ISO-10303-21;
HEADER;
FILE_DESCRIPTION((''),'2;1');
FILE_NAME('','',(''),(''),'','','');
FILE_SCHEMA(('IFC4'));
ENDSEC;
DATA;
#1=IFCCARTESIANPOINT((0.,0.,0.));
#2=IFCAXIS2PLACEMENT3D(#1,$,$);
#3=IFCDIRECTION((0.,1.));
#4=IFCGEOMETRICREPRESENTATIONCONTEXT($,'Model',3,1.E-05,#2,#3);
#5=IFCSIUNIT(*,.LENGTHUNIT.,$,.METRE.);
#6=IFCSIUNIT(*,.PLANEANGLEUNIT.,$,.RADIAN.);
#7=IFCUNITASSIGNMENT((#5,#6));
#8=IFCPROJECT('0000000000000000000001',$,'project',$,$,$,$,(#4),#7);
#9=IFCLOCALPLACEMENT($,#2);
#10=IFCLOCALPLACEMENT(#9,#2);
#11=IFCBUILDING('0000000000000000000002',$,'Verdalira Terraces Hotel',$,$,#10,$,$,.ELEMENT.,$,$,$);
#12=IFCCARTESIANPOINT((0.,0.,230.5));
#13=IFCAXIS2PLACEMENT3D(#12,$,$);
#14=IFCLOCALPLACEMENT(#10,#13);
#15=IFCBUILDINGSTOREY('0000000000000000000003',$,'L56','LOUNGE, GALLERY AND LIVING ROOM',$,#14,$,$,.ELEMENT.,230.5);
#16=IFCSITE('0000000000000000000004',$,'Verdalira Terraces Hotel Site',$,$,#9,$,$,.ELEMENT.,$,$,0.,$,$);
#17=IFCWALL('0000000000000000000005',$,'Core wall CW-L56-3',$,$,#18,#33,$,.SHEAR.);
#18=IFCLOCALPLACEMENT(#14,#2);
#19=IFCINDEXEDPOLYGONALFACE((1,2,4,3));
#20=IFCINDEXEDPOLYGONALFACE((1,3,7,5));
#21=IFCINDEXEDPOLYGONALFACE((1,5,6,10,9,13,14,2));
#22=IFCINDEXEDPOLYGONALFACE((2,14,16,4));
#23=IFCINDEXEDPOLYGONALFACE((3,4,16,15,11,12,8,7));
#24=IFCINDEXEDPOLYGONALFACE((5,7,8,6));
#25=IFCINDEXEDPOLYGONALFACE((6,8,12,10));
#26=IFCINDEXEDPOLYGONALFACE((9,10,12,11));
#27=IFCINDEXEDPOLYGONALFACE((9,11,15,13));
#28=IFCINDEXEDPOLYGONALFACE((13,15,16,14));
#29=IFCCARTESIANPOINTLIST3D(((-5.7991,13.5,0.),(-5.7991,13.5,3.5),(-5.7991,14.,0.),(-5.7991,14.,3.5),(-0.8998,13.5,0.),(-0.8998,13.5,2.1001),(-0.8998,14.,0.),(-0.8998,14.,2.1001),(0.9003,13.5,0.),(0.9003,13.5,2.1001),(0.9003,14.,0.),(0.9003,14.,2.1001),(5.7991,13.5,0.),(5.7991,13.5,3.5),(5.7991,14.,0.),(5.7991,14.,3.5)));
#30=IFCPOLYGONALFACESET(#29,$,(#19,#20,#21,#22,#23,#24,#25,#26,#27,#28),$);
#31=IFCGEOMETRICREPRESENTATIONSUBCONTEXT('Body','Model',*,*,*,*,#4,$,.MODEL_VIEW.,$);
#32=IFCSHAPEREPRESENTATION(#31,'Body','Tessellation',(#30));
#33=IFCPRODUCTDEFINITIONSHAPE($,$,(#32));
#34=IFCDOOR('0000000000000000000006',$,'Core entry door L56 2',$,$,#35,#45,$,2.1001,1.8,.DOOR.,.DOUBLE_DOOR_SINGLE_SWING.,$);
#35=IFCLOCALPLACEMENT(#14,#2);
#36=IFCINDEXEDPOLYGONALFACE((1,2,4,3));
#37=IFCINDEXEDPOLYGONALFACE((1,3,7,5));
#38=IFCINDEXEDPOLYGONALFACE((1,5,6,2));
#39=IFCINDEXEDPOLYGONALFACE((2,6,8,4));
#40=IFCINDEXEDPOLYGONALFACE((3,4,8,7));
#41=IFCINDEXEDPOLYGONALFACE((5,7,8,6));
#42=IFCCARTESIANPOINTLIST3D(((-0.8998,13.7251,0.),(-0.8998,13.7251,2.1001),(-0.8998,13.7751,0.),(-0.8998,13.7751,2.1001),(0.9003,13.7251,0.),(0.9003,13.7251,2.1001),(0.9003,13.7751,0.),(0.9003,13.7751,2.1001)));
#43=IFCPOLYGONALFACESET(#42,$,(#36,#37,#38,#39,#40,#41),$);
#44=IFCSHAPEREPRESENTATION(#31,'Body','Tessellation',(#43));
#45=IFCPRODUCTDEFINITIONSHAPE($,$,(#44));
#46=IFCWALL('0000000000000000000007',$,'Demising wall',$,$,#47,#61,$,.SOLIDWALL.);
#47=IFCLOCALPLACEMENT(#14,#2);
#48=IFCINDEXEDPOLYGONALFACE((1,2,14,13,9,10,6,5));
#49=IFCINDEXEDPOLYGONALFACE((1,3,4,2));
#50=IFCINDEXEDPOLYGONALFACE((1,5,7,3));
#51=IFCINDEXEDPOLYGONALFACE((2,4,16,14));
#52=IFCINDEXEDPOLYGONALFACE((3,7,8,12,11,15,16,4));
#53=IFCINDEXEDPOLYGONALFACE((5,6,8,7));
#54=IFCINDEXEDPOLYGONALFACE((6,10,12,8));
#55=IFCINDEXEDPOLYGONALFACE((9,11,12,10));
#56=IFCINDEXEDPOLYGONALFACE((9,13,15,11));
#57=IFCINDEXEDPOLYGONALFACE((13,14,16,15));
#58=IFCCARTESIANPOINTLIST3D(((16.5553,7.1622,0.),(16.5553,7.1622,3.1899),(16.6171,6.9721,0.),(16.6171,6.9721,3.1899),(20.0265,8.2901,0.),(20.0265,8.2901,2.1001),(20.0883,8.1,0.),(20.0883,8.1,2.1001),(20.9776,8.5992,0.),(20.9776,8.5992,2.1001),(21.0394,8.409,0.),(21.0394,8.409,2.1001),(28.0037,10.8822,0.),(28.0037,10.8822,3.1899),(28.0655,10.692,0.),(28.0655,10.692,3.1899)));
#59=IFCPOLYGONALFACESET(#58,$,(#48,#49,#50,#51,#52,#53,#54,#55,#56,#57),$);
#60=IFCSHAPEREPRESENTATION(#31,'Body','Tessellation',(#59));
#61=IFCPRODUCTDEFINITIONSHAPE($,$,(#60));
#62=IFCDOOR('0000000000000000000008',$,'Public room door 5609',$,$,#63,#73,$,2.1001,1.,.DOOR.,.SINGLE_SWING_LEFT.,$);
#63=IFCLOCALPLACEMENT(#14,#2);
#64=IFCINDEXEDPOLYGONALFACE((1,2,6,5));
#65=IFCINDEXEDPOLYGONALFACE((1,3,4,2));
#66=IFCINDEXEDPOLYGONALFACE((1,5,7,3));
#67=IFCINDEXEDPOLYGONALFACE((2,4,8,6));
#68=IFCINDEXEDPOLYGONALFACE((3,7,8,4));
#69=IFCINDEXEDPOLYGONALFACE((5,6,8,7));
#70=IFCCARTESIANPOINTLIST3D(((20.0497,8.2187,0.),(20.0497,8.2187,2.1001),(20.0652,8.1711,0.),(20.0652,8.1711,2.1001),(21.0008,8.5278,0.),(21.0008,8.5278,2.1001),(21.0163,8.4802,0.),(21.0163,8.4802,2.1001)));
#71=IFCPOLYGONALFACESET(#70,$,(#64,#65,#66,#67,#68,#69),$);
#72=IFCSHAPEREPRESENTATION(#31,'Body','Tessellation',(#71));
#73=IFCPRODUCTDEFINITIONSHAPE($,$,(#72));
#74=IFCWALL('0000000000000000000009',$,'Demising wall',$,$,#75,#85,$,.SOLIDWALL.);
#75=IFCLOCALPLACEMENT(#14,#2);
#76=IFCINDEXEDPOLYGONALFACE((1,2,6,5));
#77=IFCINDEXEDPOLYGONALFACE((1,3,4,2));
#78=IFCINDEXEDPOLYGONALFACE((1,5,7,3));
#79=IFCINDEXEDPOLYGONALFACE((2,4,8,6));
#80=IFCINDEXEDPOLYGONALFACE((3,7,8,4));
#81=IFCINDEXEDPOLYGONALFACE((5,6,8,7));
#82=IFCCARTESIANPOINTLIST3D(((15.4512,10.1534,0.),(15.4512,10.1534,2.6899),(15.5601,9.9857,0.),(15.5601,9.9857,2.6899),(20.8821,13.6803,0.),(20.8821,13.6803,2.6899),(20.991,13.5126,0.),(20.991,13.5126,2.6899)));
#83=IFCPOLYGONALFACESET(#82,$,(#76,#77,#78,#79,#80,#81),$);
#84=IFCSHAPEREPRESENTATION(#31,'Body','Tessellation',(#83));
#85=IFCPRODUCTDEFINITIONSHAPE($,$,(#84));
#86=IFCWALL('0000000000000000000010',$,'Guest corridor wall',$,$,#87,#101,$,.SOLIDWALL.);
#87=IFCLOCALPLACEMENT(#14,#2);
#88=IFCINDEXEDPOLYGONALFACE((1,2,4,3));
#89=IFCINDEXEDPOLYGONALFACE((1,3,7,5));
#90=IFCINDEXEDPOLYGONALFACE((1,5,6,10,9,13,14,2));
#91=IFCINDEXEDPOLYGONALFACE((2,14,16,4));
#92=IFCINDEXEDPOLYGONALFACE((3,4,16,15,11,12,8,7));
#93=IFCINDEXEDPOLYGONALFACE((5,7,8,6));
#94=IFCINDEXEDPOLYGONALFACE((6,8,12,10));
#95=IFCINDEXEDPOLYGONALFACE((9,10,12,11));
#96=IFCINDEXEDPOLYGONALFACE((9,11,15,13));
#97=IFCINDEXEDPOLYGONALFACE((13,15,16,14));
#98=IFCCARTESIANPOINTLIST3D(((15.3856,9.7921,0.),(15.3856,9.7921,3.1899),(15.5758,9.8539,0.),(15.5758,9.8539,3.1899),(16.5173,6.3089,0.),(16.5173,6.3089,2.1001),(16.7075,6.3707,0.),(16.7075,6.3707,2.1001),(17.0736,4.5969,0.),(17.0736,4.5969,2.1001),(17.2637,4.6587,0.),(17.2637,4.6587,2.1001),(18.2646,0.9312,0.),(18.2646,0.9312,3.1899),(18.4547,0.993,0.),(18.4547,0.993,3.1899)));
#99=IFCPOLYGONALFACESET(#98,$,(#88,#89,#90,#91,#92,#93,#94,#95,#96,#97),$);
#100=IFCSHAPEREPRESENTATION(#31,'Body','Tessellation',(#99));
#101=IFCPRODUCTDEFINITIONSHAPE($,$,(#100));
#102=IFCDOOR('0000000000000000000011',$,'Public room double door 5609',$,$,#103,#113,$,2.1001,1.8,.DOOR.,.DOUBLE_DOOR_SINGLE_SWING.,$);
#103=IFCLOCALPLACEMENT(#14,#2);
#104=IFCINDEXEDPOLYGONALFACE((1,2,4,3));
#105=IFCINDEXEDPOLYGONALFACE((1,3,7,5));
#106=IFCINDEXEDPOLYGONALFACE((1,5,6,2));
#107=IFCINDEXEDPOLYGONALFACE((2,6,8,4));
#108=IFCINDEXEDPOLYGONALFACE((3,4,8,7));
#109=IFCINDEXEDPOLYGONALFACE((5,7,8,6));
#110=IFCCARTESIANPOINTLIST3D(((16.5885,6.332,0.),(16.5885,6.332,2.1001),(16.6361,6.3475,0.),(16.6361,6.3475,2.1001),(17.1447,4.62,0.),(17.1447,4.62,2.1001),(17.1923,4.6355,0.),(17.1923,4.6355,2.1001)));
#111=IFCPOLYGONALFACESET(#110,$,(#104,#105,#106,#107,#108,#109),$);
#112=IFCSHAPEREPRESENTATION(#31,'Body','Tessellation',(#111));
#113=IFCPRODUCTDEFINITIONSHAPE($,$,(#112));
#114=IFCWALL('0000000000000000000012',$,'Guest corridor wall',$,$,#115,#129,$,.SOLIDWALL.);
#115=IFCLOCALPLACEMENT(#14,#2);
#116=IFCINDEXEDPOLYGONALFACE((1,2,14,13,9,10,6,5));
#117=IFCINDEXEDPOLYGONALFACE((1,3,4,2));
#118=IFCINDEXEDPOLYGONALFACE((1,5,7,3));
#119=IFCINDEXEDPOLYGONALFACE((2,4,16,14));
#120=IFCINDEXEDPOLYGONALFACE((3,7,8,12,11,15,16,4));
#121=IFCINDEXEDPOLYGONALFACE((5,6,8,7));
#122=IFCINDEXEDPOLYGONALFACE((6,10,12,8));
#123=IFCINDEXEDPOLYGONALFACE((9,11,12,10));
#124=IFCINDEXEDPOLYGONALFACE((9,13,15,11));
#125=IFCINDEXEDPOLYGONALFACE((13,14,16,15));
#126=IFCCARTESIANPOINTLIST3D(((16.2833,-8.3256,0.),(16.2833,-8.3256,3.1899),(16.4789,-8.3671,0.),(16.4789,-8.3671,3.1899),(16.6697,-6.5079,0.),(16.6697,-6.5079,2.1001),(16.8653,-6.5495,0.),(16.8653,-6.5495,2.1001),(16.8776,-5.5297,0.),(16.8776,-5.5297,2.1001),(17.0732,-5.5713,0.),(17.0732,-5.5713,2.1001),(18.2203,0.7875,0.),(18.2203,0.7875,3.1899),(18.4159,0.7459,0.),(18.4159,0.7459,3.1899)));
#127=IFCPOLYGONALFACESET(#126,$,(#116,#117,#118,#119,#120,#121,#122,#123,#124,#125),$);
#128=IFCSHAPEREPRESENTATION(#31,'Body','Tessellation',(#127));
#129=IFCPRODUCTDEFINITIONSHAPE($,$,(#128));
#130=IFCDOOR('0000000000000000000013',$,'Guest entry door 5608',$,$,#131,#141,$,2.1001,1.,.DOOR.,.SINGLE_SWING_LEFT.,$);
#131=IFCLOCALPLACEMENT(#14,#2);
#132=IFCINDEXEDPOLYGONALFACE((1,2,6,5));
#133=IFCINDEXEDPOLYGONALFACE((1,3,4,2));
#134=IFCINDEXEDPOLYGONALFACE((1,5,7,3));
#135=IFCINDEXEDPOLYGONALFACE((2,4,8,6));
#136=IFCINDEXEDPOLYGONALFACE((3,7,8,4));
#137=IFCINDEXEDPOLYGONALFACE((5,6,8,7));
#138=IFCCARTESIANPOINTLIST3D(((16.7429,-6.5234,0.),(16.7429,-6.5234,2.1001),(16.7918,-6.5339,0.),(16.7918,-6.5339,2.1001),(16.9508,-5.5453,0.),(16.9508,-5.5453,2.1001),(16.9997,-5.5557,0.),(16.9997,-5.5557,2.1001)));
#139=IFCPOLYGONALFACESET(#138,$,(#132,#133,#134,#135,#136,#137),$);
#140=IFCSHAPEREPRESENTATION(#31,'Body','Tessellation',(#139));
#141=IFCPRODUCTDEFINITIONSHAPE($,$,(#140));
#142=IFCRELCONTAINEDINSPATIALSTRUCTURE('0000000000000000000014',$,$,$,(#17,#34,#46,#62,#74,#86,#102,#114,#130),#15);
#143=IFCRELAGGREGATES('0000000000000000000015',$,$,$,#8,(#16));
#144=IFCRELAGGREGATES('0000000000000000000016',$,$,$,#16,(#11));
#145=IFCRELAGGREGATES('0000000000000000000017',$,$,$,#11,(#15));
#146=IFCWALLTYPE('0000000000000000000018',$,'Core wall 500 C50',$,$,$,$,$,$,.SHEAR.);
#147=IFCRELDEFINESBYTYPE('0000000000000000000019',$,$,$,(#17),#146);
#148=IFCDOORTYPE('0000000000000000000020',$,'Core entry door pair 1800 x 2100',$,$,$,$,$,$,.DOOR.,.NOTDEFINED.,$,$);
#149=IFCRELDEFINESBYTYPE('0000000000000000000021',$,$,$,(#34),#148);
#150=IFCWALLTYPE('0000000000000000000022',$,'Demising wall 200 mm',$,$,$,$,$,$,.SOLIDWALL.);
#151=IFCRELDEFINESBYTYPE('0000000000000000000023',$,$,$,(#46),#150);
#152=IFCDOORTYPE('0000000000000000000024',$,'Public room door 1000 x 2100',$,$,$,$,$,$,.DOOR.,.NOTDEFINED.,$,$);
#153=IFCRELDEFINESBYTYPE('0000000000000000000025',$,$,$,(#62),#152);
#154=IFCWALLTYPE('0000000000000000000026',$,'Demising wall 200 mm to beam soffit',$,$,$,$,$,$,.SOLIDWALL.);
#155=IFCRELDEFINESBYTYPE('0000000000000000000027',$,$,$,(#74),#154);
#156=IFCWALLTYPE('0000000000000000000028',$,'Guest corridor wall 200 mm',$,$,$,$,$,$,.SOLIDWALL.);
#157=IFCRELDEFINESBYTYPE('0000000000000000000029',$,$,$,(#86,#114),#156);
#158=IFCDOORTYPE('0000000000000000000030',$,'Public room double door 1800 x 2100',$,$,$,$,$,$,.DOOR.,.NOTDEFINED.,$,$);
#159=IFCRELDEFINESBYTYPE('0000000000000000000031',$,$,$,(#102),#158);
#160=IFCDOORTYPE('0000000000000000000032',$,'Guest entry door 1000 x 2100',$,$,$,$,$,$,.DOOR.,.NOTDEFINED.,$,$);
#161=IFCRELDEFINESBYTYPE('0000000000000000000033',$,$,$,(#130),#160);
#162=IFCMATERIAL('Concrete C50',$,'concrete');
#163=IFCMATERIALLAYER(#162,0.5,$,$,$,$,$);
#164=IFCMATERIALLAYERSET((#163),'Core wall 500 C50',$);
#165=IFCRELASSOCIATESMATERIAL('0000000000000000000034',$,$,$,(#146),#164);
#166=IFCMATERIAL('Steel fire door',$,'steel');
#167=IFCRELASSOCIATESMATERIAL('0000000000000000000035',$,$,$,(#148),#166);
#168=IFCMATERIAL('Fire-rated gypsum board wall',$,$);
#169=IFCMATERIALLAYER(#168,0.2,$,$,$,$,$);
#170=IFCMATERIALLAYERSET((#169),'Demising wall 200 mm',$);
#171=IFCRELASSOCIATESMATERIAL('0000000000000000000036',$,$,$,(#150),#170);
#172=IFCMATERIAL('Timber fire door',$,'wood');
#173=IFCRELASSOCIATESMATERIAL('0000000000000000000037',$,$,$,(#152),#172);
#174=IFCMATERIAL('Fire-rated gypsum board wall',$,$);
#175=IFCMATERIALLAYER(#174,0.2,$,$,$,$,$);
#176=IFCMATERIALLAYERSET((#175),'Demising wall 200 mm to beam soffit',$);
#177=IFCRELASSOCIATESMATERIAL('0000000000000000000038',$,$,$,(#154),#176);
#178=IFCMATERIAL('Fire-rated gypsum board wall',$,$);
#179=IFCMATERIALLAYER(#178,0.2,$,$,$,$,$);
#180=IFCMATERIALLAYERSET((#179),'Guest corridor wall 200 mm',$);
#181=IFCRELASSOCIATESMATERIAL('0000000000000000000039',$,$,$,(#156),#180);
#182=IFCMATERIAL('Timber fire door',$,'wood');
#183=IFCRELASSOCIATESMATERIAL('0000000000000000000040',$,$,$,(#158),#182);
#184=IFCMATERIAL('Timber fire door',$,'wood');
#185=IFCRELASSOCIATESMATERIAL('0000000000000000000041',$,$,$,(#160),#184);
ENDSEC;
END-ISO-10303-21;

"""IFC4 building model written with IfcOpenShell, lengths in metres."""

from ifc_helpers import new_model, si_unit, direction, frame, frame_2d, origin, place, context, subcontext, project, spatial, rectangle, extrude, material, layer, layer_set, type_object, element, fill, save


model = new_model("IFC4")

# Units and contexts
model_context = context("Model", 3, precision=1e-05, world=origin(), true_north=direction((0.0, 1.0)))
body_context = subcontext(model_context, "Body", "Model", "MODEL_VIEW")
ifc_project = project(units=[si_unit("LENGTHUNIT", "METRE"), si_unit("PLANEANGLEUNIT", "RADIAN")], contexts=[model_context])

# Site, building, storey
site_placement = place(None, origin())
site = spatial("IfcSite", under=ifc_project, at=site_placement, Name="Verdalira Terraces Hotel Site", CompositionType="ELEMENT", RefElevation=0.0)
building_placement = place(site_placement, origin())
building = spatial("IfcBuilding", under=site, at=building_placement, Name="Verdalira Terraces Hotel", CompositionType="ELEMENT")
storey_placement = place(building_placement, frame((0.0, 0.0, 230.5)))
storey = spatial("IfcBuildingStorey", under=building, at=storey_placement, Name="L56", Description="LOUNGE, GALLERY AND LIVING ROOM", CompositionType="ELEMENT", Elevation=230.5)

# Walls, openings, doors
ifc_material_1 = material(Name="Concrete C50", Category="concrete")
ifc_layer_1 = layer(ifc_material_1, 0.5)
ifc_layer_set_1 = layer_set([ifc_layer_1], Name="Core wall 500 C50")
wall_type_1 = type_object("IfcWallType", Name="Core wall 500 C50", PredefinedType="SHEAR", material=ifc_layer_set_1)
wall_1_placement = place(storey_placement, frame((5.7991, 13.75, 0.0), z_axis=(0.0, 0.0, 1.0), x_axis=(-1.0, 0.0, 0.0)))
wall_1 = element("IfcWall", 1, at=wall_1_placement, inside=storey, type_object=wall_type_1, Name="Core wall CW-L56-3", PredefinedType="SHEAR", context=body_context, shape_type="SweptSolid", body=[
    extrude(rectangle(XDim=11.5981, YDim=0.5, at=frame_2d((5.7991, 0.0))), origin(), (0.0, 0.0, 1.0), 3.5),
])
opening_1_placement = place(wall_1_placement, frame((4.8989, 0.0, 0.0)))
opening_1 = element("IfcOpeningElement", 2, at=opening_1_placement, cuts=wall_1, PredefinedType="OPENING", context=body_context, shape_type="SweptSolid", body=[
    extrude(rectangle(XDim=1.8, YDim=2.1001, at=frame_2d((0.8999, 1.05))), frame((0.0, 0.26, 0.0), z_axis=(0.0, -1.0, 0.0), x_axis=(1.0, 0.0, 0.0)), (0.0, 0.0, 1.0), 0.52),
])
ifc_material_2 = material(Name="Steel fire door", Category="steel")
door_type_1 = type_object("IfcDoorType", Name="Core entry door pair 1800 x 2100", OperationType="NOTDEFINED", PredefinedType="DOOR", material=ifc_material_2)
door_1_placement = place(opening_1_placement, origin())
door_1 = element("IfcDoor", 3, at=door_1_placement, inside=storey, type_object=door_type_1, Name="Core entry door L56 2", OperationType="DOUBLE_DOOR_SINGLE_SWING", OverallHeight=2.1001, OverallWidth=1.8, PredefinedType="DOOR", context=body_context, shape_type="SweptSolid", body=[
    extrude(rectangle(XDim=1.8, YDim=2.1001, at=frame_2d((0.8999, 1.05))), frame((0.0, 0.0249, 0.0), z_axis=(0.0, -1.0, 0.0), x_axis=(1.0, 0.0, 0.0)), (0.0, 0.0, 1.0), 0.05),
])
fill(opening_1, door_1)
ifc_material_3 = material(Name="Fire-rated gypsum board wall")
ifc_layer_2 = layer(ifc_material_3, 0.2)
ifc_layer_set_2 = layer_set([ifc_layer_2], Name="Demising wall 200 mm")
wall_type_2 = type_object("IfcWallType", Name="Demising wall 200 mm", PredefinedType="SOLIDWALL", material=ifc_layer_set_2)
wall_2_placement = place(storey_placement, frame((16.5862, 7.0671, 0.0), z_axis=(0.0, 0.0, 1.0), x_axis=(0.951053, 0.309027, 0.0)))
wall_2 = element("IfcWall", 4, at=wall_2_placement, inside=storey, type_object=wall_type_2, Name="Demising wall", PredefinedType="SOLIDWALL", context=body_context, shape_type="SweptSolid", body=[
    extrude(rectangle(XDim=12.0376, YDim=0.2, at=frame_2d((6.0188, 0.0))), origin(), (0.0, 0.0, 1.0), 3.1899),
])
opening_2_placement = place(wall_2_placement, frame((3.6499, 0.0, 0.0)))
opening_2 = element("IfcOpeningElement", 5, at=opening_2_placement, cuts=wall_2, PredefinedType="OPENING", context=body_context, shape_type="SweptSolid", body=[
    extrude(rectangle(XDim=1.0, YDim=2.1001, at=frame_2d((0.5, 1.05))), frame((0.0, 0.1099, 0.0), z_axis=(0.0, -1.0, 0.0), x_axis=(1.0, 0.0, 0.0)), (0.0, 0.0, 1.0), 0.22),
])
ifc_material_4 = material(Name="Timber fire door", Category="wood")
door_type_2 = type_object("IfcDoorType", Name="Public room door 1000 x 2100", OperationType="NOTDEFINED", PredefinedType="DOOR", material=ifc_material_4)
door_2_placement = place(opening_2_placement, origin())
door_2 = element("IfcDoor", 6, at=door_2_placement, inside=storey, type_object=door_type_2, Name="Public room door 5609", OperationType="SINGLE_SWING_LEFT", OverallHeight=2.1001, OverallWidth=1.0, PredefinedType="DOOR", context=body_context, shape_type="SweptSolid", body=[
    extrude(rectangle(XDim=1.0, YDim=2.1001, at=frame_2d((0.5, 1.05))), frame((0.0, 0.0249, 0.0), z_axis=(0.0, -1.0, 0.0), x_axis=(1.0, 0.0, 0.0)), (0.0, 0.0, 1.0), 0.05),
])
fill(opening_2, door_2)

# Wall
ifc_material_5 = material(Name="Fire-rated gypsum board wall")
ifc_layer_3 = layer(ifc_material_5, 0.2)
ifc_layer_set_3 = layer_set([ifc_layer_3], Name="Demising wall 200 mm to beam soffit")
wall_type_3 = type_object("IfcWallType", Name="Demising wall 200 mm to beam soffit", PredefinedType="SOLIDWALL", material=ifc_layer_set_3)
wall_3_placement = place(storey_placement, frame((15.5056, 10.0696, 0.0), z_axis=(0.0, 0.0, 1.0), x_axis=(0.838672, 0.544637, 0.0)))
element("IfcWall", 7, at=wall_3_placement, inside=storey, type_object=wall_type_3, Name="Demising wall", PredefinedType="SOLIDWALL", context=body_context, shape_type="SweptSolid", body=[
    extrude(rectangle(XDim=6.4756, YDim=0.2, at=frame_2d((3.2378, 0.0))), origin(), (0.0, 0.0, 1.0), 2.6899),
])

# Walls, openings, doors
ifc_material_6 = material(Name="Fire-rated gypsum board wall")
ifc_layer_4 = layer(ifc_material_6, 0.2)
ifc_layer_set_4 = layer_set([ifc_layer_4], Name="Guest corridor wall 200 mm")
wall_type_4 = type_object("IfcWallType", Name="Guest corridor wall 200 mm", PredefinedType="SOLIDWALL", material=ifc_layer_set_4)
wall_4_placement = place(storey_placement, frame((15.4807, 9.823, 0.0), z_axis=(0.0, 0.0, 1.0), x_axis=(0.309002, -0.951061, 0.0)))
wall_4 = element("IfcWall", 8, at=wall_4_placement, inside=storey, type_object=wall_type_4, Name="Guest corridor wall", PredefinedType="SOLIDWALL", context=body_context, shape_type="SweptSolid", body=[
    extrude(rectangle(XDim=9.3169, YDim=0.2, at=frame_2d((4.6584, 0.0))), origin(), (0.0, 0.0, 1.0), 3.1899),
])
opening_3_placement = place(wall_4_placement, frame((3.6626, 0.0, 0.0)))
opening_3 = element("IfcOpeningElement", 9, at=opening_3_placement, cuts=wall_4, PredefinedType="OPENING", context=body_context, shape_type="SweptSolid", body=[
    extrude(rectangle(XDim=1.8, YDim=2.1001, at=frame_2d((0.8999, 1.05))), frame((0.0, 0.1099, 0.0), z_axis=(0.0, -1.0, 0.0), x_axis=(1.0, 0.0, 0.0)), (0.0, 0.0, 1.0), 0.22),
])
ifc_material_7 = material(Name="Timber fire door", Category="wood")
door_type_3 = type_object("IfcDoorType", Name="Public room double door 1800 x 2100", OperationType="NOTDEFINED", PredefinedType="DOOR", material=ifc_material_7)
door_3_placement = place(opening_3_placement, origin())
door_3 = element("IfcDoor", 10, at=door_3_placement, inside=storey, type_object=door_type_3, Name="Public room double door 5609", OperationType="DOUBLE_DOOR_SINGLE_SWING", OverallHeight=2.1001, OverallWidth=1.8, PredefinedType="DOOR", context=body_context, shape_type="SweptSolid", body=[
    extrude(rectangle(XDim=1.8, YDim=2.1001, at=frame_2d((0.8999, 1.05))), frame((0.0, 0.0249, 0.0), z_axis=(0.0, -1.0, 0.0), x_axis=(1.0, 0.0, 0.0)), (0.0, 0.0, 1.0), 0.05),
])
fill(opening_3, door_3)
wall_5_placement = place(storey_placement, frame((18.3181, 0.7666, 0.0), z_axis=(0.0, 0.0, 1.0), x_axis=(-0.207909, -0.978148, 0.0)))
wall_5 = element("IfcWall", 11, at=wall_5_placement, inside=storey, type_object=wall_type_4, Name="Guest corridor wall", PredefinedType="SOLIDWALL", context=body_context, shape_type="SweptSolid", body=[
    extrude(rectangle(XDim=9.3166, YDim=0.2, at=frame_2d((4.6582, 0.0))), origin(), (0.0, 0.0, 1.0), 3.1899),
])
opening_4_placement = place(wall_5_placement, frame((6.4583, 0.0, 0.0)))
opening_4 = element("IfcOpeningElement", 12, at=opening_4_placement, cuts=wall_5, PredefinedType="OPENING", context=body_context, shape_type="SweptSolid", body=[
    extrude(rectangle(XDim=1.0, YDim=2.1001, at=frame_2d((0.5, 1.05))), frame((0.0, 0.1099, 0.0), z_axis=(0.0, -1.0, 0.0), x_axis=(1.0, 0.0, 0.0)), (0.0, 0.0, 1.0), 0.22),
])
ifc_material_8 = material(Name="Timber fire door", Category="wood")
door_type_4 = type_object("IfcDoorType", Name="Guest entry door 1000 x 2100", OperationType="NOTDEFINED", PredefinedType="DOOR", material=ifc_material_8)
door_4_placement = place(opening_4_placement, origin())
door_4 = element("IfcDoor", 13, at=door_4_placement, inside=storey, type_object=door_type_4, Name="Guest entry door 5608", OperationType="SINGLE_SWING_LEFT", OverallHeight=2.1001, OverallWidth=1.0, PredefinedType="DOOR", context=body_context, shape_type="SweptSolid", body=[
    extrude(rectangle(XDim=1.0, YDim=2.1001, at=frame_2d((0.5, 1.05))), frame((0.0, 0.0249, 0.0), z_axis=(0.0, -1.0, 0.0), x_axis=(1.0, 0.0, 0.0)), (0.0, 0.0, 1.0), 0.05),
])
fill(opening_4, door_4)

save(model, "model.ifc")
